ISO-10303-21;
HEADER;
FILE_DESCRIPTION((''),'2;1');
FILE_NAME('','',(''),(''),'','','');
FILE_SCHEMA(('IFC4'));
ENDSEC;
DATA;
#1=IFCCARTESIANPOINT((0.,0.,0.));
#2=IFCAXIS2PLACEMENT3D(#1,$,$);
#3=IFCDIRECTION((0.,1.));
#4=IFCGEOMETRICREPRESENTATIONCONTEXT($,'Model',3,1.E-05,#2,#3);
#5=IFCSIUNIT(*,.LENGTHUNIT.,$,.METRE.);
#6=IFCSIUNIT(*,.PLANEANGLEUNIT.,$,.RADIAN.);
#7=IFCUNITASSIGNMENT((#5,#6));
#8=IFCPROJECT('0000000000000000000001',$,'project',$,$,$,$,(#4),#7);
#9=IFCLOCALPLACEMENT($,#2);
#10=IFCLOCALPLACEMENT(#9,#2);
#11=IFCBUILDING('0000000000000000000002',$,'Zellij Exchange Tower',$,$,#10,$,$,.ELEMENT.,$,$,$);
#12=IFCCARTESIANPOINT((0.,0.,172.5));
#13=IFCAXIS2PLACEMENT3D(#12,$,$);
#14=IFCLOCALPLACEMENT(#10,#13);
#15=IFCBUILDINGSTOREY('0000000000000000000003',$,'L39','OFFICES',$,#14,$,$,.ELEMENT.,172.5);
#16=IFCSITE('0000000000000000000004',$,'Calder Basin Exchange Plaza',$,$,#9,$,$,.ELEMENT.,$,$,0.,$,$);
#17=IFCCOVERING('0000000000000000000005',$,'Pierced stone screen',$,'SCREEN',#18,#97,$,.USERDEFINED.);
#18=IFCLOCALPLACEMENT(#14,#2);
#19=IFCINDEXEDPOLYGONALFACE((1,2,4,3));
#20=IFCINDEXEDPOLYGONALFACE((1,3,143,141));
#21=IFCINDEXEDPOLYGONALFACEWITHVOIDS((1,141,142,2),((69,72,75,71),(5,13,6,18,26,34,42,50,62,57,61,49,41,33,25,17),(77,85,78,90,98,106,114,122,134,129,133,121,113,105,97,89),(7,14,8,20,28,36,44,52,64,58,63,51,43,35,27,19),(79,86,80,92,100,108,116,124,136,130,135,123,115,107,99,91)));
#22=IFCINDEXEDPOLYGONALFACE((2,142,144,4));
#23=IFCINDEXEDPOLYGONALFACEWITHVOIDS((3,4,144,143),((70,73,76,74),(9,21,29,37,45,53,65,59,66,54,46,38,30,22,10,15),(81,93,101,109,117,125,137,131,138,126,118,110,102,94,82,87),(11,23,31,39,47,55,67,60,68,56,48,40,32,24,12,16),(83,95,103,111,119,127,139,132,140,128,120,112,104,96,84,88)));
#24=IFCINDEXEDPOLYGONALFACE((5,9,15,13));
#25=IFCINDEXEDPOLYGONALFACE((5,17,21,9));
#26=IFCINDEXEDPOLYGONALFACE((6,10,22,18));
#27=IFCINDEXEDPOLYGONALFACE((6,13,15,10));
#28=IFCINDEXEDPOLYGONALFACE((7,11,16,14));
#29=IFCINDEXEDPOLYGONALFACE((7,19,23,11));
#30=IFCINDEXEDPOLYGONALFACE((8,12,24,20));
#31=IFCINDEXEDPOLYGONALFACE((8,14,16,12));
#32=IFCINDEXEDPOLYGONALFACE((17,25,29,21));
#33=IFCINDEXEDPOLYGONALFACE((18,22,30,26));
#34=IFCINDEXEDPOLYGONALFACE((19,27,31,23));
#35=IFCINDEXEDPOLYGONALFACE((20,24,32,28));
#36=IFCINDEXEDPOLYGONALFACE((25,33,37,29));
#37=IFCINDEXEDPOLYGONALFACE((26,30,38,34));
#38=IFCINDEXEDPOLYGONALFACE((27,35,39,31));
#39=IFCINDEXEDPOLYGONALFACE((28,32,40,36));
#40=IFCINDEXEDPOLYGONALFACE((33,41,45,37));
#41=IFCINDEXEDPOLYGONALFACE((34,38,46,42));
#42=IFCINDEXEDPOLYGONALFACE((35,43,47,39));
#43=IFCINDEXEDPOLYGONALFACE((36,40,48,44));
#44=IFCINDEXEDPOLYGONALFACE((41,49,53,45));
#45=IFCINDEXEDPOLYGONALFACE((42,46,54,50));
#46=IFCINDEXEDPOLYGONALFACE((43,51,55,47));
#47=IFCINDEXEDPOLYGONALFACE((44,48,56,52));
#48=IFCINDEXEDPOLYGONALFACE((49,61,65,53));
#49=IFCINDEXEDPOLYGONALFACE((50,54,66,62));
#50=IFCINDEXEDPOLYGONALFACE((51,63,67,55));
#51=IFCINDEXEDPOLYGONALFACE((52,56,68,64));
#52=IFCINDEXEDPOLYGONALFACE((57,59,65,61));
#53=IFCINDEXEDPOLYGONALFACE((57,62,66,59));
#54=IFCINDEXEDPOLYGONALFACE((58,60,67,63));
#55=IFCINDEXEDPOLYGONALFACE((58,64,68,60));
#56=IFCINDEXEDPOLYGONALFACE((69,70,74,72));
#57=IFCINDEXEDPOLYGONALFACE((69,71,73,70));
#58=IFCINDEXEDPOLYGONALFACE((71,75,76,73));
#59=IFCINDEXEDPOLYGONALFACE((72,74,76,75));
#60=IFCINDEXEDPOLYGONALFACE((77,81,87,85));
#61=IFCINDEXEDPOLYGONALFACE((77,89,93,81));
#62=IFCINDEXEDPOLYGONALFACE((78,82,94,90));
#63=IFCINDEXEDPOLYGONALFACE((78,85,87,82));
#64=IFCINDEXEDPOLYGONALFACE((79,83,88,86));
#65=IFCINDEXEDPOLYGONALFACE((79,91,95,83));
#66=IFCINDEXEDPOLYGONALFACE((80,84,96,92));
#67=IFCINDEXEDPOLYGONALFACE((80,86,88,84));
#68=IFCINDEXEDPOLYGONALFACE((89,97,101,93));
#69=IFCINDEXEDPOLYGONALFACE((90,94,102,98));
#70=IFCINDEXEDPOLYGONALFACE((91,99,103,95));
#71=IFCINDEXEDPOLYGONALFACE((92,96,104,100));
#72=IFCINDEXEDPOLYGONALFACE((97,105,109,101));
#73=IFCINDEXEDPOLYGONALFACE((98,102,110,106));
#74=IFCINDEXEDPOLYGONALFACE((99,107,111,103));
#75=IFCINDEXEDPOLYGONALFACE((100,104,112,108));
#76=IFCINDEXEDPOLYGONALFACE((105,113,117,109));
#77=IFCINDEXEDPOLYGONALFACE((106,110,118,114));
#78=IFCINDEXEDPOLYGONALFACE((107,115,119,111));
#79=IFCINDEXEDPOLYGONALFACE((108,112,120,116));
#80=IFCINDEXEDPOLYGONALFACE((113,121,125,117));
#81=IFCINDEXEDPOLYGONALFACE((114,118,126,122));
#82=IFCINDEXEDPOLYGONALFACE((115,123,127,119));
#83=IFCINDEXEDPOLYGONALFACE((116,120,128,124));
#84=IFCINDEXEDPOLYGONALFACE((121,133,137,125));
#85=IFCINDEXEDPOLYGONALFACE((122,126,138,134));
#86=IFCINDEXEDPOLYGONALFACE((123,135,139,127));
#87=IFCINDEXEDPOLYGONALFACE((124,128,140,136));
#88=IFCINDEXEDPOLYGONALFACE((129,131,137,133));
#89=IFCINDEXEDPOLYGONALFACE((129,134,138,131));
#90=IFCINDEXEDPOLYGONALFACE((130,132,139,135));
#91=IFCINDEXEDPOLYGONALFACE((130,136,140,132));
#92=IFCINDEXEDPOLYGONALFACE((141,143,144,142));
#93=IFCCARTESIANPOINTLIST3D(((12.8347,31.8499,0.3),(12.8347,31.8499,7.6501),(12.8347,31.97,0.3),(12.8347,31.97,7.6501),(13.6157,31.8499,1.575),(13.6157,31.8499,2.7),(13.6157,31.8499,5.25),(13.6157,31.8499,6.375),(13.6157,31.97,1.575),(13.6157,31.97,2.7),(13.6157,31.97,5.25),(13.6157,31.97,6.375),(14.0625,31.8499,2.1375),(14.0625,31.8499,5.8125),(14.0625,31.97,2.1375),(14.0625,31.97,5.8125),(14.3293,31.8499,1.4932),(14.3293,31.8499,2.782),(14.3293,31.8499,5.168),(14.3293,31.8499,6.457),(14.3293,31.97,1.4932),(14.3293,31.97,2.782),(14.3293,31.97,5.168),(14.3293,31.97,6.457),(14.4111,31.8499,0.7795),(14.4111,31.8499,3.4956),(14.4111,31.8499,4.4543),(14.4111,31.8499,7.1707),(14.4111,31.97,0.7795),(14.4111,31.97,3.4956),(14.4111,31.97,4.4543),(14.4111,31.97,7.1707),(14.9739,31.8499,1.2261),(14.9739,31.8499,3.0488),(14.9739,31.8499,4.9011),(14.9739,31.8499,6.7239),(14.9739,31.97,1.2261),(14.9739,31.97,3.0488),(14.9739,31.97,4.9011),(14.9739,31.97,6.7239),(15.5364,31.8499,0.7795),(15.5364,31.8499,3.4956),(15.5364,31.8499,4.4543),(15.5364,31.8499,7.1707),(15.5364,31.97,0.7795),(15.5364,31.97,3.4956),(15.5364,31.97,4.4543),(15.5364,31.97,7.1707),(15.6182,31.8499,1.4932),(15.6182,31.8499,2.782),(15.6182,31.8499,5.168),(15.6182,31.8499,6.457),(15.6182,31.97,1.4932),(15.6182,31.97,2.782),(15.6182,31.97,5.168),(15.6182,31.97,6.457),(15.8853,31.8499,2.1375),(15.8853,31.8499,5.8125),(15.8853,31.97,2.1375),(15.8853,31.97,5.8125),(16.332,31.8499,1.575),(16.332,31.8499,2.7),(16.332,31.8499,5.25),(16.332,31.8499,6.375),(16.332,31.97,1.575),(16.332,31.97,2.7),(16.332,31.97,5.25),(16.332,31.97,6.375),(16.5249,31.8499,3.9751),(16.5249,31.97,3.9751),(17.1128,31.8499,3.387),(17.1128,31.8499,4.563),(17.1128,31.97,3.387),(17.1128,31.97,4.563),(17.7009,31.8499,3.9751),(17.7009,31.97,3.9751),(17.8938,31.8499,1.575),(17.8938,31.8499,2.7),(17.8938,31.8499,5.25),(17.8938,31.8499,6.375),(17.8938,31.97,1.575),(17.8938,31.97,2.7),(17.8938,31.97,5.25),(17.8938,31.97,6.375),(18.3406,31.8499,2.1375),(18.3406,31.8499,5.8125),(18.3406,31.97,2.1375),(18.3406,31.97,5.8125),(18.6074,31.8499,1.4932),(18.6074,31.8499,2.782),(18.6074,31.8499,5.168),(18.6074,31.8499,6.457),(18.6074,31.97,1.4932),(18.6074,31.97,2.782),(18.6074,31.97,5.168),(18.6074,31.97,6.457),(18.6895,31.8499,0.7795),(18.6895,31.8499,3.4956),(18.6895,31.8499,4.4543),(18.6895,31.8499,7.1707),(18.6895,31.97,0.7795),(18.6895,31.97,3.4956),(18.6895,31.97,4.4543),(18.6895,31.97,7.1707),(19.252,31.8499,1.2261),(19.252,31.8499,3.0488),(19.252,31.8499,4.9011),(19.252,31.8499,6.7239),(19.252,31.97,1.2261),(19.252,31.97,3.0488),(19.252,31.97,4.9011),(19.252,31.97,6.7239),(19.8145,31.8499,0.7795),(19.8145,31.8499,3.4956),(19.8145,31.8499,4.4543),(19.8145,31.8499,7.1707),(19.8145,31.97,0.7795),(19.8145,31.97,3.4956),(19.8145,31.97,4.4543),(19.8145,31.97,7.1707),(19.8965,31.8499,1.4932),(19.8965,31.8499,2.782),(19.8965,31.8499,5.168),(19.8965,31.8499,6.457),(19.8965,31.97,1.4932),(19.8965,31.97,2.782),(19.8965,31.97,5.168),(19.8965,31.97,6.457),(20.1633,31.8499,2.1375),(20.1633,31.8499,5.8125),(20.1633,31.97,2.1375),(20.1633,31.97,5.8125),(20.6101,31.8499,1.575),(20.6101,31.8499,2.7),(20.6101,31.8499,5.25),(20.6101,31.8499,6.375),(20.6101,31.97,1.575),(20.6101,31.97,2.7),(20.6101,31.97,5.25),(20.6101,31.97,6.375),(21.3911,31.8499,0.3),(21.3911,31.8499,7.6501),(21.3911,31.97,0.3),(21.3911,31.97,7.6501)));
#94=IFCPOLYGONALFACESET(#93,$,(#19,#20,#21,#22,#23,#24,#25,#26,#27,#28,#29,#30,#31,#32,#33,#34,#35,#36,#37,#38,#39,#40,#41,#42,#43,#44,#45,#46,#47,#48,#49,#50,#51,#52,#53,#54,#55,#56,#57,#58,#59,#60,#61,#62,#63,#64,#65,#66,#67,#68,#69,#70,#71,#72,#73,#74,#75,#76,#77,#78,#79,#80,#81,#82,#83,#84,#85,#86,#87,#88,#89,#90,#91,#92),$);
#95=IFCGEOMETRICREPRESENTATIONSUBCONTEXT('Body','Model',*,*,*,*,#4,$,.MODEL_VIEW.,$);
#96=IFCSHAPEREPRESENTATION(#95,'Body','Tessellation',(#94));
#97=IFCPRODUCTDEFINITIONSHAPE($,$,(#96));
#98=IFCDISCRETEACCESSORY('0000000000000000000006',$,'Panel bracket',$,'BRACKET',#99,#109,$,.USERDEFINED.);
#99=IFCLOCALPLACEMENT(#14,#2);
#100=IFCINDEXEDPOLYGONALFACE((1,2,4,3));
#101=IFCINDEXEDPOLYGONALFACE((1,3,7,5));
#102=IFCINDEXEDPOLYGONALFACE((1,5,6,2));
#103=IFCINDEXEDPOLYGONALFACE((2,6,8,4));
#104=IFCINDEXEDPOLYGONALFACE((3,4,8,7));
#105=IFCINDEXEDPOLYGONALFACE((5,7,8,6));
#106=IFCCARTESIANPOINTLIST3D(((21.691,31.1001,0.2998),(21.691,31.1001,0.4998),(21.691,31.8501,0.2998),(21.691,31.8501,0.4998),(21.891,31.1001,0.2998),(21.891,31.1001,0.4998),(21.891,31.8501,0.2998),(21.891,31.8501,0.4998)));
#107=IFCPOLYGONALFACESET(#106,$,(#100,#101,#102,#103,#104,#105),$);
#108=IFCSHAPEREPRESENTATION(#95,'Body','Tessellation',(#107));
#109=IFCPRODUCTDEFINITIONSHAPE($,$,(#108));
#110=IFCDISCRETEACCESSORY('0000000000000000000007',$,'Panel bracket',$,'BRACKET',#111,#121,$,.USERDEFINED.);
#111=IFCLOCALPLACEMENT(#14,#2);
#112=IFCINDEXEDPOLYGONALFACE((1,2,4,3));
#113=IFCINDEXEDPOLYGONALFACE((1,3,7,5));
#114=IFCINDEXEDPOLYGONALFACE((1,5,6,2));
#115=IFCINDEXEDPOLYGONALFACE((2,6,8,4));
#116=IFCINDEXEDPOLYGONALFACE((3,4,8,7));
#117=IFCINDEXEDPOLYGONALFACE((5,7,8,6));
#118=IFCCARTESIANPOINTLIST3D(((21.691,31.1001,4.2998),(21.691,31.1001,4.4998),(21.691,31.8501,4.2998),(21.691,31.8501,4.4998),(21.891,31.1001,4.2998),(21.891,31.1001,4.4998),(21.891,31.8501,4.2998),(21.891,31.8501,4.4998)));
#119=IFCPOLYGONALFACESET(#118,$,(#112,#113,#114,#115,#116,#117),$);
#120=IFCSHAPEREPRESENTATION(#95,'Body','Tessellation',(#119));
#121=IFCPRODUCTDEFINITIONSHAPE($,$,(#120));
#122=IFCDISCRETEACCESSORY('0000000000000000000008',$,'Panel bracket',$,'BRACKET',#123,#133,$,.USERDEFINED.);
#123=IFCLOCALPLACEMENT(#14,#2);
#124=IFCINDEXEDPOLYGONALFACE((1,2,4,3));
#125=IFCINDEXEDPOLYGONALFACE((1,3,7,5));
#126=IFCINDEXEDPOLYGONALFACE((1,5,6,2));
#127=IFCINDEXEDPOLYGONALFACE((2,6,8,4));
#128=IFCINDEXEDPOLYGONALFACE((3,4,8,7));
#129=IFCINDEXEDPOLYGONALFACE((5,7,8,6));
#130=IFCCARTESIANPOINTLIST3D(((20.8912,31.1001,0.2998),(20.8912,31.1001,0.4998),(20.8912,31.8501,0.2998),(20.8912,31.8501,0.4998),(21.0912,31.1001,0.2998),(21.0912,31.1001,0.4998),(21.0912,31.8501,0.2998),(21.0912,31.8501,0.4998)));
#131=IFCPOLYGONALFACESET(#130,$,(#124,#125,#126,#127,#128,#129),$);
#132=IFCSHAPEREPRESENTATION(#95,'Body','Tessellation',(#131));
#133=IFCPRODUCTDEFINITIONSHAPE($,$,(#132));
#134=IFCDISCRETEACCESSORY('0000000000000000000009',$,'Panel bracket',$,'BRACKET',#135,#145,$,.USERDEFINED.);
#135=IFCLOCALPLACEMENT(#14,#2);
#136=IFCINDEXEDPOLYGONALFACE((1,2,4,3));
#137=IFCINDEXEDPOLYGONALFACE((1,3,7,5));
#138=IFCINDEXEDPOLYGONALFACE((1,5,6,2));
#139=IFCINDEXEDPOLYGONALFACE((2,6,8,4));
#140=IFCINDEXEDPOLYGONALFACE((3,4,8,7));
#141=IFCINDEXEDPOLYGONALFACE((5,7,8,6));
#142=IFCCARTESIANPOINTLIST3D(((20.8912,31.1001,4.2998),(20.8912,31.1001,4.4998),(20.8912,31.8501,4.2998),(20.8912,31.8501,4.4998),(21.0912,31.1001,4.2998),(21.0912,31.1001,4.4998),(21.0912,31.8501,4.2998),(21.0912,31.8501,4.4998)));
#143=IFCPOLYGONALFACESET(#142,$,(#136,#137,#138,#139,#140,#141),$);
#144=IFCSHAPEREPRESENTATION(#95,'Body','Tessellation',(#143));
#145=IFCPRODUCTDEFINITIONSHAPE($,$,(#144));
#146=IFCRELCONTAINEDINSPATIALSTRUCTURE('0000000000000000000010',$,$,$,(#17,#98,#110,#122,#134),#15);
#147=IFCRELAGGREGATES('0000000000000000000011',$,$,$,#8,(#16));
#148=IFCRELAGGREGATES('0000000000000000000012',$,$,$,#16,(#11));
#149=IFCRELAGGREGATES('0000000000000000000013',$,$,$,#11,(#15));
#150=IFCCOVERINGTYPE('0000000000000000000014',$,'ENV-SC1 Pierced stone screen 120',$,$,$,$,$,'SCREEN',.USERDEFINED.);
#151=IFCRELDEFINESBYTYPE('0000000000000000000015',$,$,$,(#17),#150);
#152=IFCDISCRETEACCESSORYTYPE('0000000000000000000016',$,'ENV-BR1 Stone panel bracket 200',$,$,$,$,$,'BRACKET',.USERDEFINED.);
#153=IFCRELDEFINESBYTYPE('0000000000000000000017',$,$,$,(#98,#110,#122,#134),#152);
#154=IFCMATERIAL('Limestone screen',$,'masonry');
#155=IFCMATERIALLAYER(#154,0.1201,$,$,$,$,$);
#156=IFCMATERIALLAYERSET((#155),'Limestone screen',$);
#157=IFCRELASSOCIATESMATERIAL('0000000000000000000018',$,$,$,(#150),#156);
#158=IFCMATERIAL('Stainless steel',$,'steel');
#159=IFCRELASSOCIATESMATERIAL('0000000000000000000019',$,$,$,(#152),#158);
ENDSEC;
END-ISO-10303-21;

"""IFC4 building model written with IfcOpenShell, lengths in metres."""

from ifc_helpers import new_model, si_unit, direction, frame, origin, origin_2d, place, context, subcontext, project, spatial, polyline, rectangle, outline, extrude, material, layer, layer_set, type_object, element, save


model = new_model("IFC4")

# Units and contexts
model_context = context("Model", 3, precision=1e-05, world=origin(), true_north=direction((0.0, 1.0)))
body_context = subcontext(model_context, "Body", "Model", "MODEL_VIEW")
ifc_project = project(units=[si_unit("LENGTHUNIT", "METRE"), si_unit("PLANEANGLEUNIT", "RADIAN")], contexts=[model_context])

# Site, building, storey
site_placement = place(None, origin())
site = spatial("IfcSite", under=ifc_project, at=site_placement, Name="Calder Basin Exchange Plaza", CompositionType="ELEMENT", RefElevation=0.0)
building_placement = place(site_placement, origin())
building = spatial("IfcBuilding", under=site, at=building_placement, Name="Zellij Exchange Tower", CompositionType="ELEMENT")
storey_placement = place(building_placement, frame((0.0, 0.0, 172.5)))
storey = spatial("IfcBuildingStorey", under=building, at=storey_placement, Name="L39", Description="OFFICES", CompositionType="ELEMENT", Elevation=172.5)

# Covering
ifc_material_1 = material(Name="Limestone screen", Category="masonry")
ifc_layer_1 = layer(ifc_material_1, 0.1201)
ifc_layer_set_1 = layer_set([ifc_layer_1], Name="Limestone screen")
covering_type = type_object("IfcCoveringType", Name="ENV-SC1 Pierced stone screen 120", ElementType="SCREEN", PredefinedType="USERDEFINED", material=ifc_layer_set_1)
covering_placement = place(storey_placement, frame((21.3911, 31.9099, 0.3), z_axis=(0.0, 0.0, 1.0), x_axis=(-1.0, 0.0, 0.0)))
element("IfcCovering", 1, at=covering_placement, inside=storey, type_object=covering_type, Name="Pierced stone screen", ObjectType="SCREEN", PredefinedType="USERDEFINED", context=body_context, shape_type="SweptSolid", body=[
    extrude(outline(polyline([(0.0, 0.0), (8.5564, 0.0), (8.5564, 7.3501), (0.0, 7.3501), (0.0, 0.0)]), holes=[polyline([(3.4973, 2.3999), (2.7837, 2.4819), (2.7017, 3.1956), (2.1392, 2.7488), (1.5767, 3.1956), (1.4946, 2.4819), (0.781, 2.3999), (1.2278, 1.8374), (0.781, 1.2749), (1.4946, 1.1931), (1.5767, 0.4795), (2.1392, 0.926), (2.7017, 0.4795), (2.7837, 1.1931), (3.4973, 1.2749), (3.0505, 1.8374), (3.4973, 2.3999)]), polyline([(3.4973, 6.075), (2.7837, 6.157), (2.7017, 6.8706), (2.1392, 6.4238), (1.5767, 6.8706), (1.4946, 6.157), (0.781, 6.075), (1.2278, 5.5125), (0.781, 4.95), (1.4946, 4.8679), (1.5767, 4.1543), (2.1392, 4.6011), (2.7017, 4.1543), (2.7837, 4.8679), (3.4973, 4.95), (3.0505, 5.5125), (3.4973, 6.075)]), polyline([(7.7754, 2.3999), (7.0618, 2.4819), (6.98, 3.1956), (6.4172, 2.7488), (5.8547, 3.1956), (5.7729, 2.4819), (5.0591, 2.3999), (5.5059, 1.8374), (5.0591, 1.2749), (5.7729, 1.1931), (5.8547, 0.4795), (6.4172, 0.926), (6.98, 0.4795), (7.0618, 1.1931), (7.7754, 1.2749), (7.3286, 1.8374), (7.7754, 2.3999)]), polyline([(7.7754, 6.075), (7.0618, 6.157), (6.98, 6.8706), (6.4172, 6.4238), (5.8547, 6.8706), (5.7729, 6.157), (5.0591, 6.075), (5.5059, 5.5125), (5.0591, 4.95), (5.7729, 4.8679), (5.8547, 4.1543), (6.4172, 4.6011), (6.98, 4.1543), (7.0618, 4.8679), (7.7754, 4.95), (7.3286, 5.5125), (7.7754, 6.075)]), polyline([(4.8662, 3.675), (4.2783, 4.2629), (3.6902, 3.675), (4.2783, 3.0869), (4.8662, 3.675)])]), frame((0.0, 0.0601, 0.0), z_axis=(0.0, -1.0, 0.0), x_axis=(1.0, 0.0, 0.0)), (0.0, 0.0, 1.0), 0.1201),
])

# Discrete accessories
ifc_material_2 = material(Name="Stainless steel", Category="steel")
discrete_accessory_type = type_object("IfcDiscreteAccessoryType", Name="ENV-BR1 Stone panel bracket 200", ElementType="BRACKET", PredefinedType="USERDEFINED", material=ifc_material_2)
for number, where, z_axis, x_axis, name in (
    (2, (21.791, 31.4751, 0.2998), (0.0, 0.0, 1.0), (-1.0, 0.0, 0.0), "Panel bracket"),
    (3, (21.791, 31.4751, 4.2998), (0.0, 0.0, 1.0), (-1.0, 0.0, 0.0), "Panel bracket"),
    (4, (20.9912, 31.4751, 0.2998), (0.0, 0.0, 1.0), (-1.0, 0.0, 0.0), "Panel bracket"),
    (5, (20.9912, 31.4751, 4.2998), (0.0, 0.0, 1.0), (-1.0, 0.0, 0.0), "Panel bracket"),
):
    element("IfcDiscreteAccessory", number, at=place(storey_placement, frame(where, z_axis=z_axis, x_axis=x_axis)), inside=storey, type_object=discrete_accessory_type, Name=name, ObjectType="BRACKET", PredefinedType="USERDEFINED", context=body_context, shape_type="SweptSolid", body=[
        extrude(rectangle(XDim=0.2, YDim=0.75, at=origin_2d()), origin(), (0.0, 0.0, 1.0), 0.2),
    ])

save(model, "model.ifc")
